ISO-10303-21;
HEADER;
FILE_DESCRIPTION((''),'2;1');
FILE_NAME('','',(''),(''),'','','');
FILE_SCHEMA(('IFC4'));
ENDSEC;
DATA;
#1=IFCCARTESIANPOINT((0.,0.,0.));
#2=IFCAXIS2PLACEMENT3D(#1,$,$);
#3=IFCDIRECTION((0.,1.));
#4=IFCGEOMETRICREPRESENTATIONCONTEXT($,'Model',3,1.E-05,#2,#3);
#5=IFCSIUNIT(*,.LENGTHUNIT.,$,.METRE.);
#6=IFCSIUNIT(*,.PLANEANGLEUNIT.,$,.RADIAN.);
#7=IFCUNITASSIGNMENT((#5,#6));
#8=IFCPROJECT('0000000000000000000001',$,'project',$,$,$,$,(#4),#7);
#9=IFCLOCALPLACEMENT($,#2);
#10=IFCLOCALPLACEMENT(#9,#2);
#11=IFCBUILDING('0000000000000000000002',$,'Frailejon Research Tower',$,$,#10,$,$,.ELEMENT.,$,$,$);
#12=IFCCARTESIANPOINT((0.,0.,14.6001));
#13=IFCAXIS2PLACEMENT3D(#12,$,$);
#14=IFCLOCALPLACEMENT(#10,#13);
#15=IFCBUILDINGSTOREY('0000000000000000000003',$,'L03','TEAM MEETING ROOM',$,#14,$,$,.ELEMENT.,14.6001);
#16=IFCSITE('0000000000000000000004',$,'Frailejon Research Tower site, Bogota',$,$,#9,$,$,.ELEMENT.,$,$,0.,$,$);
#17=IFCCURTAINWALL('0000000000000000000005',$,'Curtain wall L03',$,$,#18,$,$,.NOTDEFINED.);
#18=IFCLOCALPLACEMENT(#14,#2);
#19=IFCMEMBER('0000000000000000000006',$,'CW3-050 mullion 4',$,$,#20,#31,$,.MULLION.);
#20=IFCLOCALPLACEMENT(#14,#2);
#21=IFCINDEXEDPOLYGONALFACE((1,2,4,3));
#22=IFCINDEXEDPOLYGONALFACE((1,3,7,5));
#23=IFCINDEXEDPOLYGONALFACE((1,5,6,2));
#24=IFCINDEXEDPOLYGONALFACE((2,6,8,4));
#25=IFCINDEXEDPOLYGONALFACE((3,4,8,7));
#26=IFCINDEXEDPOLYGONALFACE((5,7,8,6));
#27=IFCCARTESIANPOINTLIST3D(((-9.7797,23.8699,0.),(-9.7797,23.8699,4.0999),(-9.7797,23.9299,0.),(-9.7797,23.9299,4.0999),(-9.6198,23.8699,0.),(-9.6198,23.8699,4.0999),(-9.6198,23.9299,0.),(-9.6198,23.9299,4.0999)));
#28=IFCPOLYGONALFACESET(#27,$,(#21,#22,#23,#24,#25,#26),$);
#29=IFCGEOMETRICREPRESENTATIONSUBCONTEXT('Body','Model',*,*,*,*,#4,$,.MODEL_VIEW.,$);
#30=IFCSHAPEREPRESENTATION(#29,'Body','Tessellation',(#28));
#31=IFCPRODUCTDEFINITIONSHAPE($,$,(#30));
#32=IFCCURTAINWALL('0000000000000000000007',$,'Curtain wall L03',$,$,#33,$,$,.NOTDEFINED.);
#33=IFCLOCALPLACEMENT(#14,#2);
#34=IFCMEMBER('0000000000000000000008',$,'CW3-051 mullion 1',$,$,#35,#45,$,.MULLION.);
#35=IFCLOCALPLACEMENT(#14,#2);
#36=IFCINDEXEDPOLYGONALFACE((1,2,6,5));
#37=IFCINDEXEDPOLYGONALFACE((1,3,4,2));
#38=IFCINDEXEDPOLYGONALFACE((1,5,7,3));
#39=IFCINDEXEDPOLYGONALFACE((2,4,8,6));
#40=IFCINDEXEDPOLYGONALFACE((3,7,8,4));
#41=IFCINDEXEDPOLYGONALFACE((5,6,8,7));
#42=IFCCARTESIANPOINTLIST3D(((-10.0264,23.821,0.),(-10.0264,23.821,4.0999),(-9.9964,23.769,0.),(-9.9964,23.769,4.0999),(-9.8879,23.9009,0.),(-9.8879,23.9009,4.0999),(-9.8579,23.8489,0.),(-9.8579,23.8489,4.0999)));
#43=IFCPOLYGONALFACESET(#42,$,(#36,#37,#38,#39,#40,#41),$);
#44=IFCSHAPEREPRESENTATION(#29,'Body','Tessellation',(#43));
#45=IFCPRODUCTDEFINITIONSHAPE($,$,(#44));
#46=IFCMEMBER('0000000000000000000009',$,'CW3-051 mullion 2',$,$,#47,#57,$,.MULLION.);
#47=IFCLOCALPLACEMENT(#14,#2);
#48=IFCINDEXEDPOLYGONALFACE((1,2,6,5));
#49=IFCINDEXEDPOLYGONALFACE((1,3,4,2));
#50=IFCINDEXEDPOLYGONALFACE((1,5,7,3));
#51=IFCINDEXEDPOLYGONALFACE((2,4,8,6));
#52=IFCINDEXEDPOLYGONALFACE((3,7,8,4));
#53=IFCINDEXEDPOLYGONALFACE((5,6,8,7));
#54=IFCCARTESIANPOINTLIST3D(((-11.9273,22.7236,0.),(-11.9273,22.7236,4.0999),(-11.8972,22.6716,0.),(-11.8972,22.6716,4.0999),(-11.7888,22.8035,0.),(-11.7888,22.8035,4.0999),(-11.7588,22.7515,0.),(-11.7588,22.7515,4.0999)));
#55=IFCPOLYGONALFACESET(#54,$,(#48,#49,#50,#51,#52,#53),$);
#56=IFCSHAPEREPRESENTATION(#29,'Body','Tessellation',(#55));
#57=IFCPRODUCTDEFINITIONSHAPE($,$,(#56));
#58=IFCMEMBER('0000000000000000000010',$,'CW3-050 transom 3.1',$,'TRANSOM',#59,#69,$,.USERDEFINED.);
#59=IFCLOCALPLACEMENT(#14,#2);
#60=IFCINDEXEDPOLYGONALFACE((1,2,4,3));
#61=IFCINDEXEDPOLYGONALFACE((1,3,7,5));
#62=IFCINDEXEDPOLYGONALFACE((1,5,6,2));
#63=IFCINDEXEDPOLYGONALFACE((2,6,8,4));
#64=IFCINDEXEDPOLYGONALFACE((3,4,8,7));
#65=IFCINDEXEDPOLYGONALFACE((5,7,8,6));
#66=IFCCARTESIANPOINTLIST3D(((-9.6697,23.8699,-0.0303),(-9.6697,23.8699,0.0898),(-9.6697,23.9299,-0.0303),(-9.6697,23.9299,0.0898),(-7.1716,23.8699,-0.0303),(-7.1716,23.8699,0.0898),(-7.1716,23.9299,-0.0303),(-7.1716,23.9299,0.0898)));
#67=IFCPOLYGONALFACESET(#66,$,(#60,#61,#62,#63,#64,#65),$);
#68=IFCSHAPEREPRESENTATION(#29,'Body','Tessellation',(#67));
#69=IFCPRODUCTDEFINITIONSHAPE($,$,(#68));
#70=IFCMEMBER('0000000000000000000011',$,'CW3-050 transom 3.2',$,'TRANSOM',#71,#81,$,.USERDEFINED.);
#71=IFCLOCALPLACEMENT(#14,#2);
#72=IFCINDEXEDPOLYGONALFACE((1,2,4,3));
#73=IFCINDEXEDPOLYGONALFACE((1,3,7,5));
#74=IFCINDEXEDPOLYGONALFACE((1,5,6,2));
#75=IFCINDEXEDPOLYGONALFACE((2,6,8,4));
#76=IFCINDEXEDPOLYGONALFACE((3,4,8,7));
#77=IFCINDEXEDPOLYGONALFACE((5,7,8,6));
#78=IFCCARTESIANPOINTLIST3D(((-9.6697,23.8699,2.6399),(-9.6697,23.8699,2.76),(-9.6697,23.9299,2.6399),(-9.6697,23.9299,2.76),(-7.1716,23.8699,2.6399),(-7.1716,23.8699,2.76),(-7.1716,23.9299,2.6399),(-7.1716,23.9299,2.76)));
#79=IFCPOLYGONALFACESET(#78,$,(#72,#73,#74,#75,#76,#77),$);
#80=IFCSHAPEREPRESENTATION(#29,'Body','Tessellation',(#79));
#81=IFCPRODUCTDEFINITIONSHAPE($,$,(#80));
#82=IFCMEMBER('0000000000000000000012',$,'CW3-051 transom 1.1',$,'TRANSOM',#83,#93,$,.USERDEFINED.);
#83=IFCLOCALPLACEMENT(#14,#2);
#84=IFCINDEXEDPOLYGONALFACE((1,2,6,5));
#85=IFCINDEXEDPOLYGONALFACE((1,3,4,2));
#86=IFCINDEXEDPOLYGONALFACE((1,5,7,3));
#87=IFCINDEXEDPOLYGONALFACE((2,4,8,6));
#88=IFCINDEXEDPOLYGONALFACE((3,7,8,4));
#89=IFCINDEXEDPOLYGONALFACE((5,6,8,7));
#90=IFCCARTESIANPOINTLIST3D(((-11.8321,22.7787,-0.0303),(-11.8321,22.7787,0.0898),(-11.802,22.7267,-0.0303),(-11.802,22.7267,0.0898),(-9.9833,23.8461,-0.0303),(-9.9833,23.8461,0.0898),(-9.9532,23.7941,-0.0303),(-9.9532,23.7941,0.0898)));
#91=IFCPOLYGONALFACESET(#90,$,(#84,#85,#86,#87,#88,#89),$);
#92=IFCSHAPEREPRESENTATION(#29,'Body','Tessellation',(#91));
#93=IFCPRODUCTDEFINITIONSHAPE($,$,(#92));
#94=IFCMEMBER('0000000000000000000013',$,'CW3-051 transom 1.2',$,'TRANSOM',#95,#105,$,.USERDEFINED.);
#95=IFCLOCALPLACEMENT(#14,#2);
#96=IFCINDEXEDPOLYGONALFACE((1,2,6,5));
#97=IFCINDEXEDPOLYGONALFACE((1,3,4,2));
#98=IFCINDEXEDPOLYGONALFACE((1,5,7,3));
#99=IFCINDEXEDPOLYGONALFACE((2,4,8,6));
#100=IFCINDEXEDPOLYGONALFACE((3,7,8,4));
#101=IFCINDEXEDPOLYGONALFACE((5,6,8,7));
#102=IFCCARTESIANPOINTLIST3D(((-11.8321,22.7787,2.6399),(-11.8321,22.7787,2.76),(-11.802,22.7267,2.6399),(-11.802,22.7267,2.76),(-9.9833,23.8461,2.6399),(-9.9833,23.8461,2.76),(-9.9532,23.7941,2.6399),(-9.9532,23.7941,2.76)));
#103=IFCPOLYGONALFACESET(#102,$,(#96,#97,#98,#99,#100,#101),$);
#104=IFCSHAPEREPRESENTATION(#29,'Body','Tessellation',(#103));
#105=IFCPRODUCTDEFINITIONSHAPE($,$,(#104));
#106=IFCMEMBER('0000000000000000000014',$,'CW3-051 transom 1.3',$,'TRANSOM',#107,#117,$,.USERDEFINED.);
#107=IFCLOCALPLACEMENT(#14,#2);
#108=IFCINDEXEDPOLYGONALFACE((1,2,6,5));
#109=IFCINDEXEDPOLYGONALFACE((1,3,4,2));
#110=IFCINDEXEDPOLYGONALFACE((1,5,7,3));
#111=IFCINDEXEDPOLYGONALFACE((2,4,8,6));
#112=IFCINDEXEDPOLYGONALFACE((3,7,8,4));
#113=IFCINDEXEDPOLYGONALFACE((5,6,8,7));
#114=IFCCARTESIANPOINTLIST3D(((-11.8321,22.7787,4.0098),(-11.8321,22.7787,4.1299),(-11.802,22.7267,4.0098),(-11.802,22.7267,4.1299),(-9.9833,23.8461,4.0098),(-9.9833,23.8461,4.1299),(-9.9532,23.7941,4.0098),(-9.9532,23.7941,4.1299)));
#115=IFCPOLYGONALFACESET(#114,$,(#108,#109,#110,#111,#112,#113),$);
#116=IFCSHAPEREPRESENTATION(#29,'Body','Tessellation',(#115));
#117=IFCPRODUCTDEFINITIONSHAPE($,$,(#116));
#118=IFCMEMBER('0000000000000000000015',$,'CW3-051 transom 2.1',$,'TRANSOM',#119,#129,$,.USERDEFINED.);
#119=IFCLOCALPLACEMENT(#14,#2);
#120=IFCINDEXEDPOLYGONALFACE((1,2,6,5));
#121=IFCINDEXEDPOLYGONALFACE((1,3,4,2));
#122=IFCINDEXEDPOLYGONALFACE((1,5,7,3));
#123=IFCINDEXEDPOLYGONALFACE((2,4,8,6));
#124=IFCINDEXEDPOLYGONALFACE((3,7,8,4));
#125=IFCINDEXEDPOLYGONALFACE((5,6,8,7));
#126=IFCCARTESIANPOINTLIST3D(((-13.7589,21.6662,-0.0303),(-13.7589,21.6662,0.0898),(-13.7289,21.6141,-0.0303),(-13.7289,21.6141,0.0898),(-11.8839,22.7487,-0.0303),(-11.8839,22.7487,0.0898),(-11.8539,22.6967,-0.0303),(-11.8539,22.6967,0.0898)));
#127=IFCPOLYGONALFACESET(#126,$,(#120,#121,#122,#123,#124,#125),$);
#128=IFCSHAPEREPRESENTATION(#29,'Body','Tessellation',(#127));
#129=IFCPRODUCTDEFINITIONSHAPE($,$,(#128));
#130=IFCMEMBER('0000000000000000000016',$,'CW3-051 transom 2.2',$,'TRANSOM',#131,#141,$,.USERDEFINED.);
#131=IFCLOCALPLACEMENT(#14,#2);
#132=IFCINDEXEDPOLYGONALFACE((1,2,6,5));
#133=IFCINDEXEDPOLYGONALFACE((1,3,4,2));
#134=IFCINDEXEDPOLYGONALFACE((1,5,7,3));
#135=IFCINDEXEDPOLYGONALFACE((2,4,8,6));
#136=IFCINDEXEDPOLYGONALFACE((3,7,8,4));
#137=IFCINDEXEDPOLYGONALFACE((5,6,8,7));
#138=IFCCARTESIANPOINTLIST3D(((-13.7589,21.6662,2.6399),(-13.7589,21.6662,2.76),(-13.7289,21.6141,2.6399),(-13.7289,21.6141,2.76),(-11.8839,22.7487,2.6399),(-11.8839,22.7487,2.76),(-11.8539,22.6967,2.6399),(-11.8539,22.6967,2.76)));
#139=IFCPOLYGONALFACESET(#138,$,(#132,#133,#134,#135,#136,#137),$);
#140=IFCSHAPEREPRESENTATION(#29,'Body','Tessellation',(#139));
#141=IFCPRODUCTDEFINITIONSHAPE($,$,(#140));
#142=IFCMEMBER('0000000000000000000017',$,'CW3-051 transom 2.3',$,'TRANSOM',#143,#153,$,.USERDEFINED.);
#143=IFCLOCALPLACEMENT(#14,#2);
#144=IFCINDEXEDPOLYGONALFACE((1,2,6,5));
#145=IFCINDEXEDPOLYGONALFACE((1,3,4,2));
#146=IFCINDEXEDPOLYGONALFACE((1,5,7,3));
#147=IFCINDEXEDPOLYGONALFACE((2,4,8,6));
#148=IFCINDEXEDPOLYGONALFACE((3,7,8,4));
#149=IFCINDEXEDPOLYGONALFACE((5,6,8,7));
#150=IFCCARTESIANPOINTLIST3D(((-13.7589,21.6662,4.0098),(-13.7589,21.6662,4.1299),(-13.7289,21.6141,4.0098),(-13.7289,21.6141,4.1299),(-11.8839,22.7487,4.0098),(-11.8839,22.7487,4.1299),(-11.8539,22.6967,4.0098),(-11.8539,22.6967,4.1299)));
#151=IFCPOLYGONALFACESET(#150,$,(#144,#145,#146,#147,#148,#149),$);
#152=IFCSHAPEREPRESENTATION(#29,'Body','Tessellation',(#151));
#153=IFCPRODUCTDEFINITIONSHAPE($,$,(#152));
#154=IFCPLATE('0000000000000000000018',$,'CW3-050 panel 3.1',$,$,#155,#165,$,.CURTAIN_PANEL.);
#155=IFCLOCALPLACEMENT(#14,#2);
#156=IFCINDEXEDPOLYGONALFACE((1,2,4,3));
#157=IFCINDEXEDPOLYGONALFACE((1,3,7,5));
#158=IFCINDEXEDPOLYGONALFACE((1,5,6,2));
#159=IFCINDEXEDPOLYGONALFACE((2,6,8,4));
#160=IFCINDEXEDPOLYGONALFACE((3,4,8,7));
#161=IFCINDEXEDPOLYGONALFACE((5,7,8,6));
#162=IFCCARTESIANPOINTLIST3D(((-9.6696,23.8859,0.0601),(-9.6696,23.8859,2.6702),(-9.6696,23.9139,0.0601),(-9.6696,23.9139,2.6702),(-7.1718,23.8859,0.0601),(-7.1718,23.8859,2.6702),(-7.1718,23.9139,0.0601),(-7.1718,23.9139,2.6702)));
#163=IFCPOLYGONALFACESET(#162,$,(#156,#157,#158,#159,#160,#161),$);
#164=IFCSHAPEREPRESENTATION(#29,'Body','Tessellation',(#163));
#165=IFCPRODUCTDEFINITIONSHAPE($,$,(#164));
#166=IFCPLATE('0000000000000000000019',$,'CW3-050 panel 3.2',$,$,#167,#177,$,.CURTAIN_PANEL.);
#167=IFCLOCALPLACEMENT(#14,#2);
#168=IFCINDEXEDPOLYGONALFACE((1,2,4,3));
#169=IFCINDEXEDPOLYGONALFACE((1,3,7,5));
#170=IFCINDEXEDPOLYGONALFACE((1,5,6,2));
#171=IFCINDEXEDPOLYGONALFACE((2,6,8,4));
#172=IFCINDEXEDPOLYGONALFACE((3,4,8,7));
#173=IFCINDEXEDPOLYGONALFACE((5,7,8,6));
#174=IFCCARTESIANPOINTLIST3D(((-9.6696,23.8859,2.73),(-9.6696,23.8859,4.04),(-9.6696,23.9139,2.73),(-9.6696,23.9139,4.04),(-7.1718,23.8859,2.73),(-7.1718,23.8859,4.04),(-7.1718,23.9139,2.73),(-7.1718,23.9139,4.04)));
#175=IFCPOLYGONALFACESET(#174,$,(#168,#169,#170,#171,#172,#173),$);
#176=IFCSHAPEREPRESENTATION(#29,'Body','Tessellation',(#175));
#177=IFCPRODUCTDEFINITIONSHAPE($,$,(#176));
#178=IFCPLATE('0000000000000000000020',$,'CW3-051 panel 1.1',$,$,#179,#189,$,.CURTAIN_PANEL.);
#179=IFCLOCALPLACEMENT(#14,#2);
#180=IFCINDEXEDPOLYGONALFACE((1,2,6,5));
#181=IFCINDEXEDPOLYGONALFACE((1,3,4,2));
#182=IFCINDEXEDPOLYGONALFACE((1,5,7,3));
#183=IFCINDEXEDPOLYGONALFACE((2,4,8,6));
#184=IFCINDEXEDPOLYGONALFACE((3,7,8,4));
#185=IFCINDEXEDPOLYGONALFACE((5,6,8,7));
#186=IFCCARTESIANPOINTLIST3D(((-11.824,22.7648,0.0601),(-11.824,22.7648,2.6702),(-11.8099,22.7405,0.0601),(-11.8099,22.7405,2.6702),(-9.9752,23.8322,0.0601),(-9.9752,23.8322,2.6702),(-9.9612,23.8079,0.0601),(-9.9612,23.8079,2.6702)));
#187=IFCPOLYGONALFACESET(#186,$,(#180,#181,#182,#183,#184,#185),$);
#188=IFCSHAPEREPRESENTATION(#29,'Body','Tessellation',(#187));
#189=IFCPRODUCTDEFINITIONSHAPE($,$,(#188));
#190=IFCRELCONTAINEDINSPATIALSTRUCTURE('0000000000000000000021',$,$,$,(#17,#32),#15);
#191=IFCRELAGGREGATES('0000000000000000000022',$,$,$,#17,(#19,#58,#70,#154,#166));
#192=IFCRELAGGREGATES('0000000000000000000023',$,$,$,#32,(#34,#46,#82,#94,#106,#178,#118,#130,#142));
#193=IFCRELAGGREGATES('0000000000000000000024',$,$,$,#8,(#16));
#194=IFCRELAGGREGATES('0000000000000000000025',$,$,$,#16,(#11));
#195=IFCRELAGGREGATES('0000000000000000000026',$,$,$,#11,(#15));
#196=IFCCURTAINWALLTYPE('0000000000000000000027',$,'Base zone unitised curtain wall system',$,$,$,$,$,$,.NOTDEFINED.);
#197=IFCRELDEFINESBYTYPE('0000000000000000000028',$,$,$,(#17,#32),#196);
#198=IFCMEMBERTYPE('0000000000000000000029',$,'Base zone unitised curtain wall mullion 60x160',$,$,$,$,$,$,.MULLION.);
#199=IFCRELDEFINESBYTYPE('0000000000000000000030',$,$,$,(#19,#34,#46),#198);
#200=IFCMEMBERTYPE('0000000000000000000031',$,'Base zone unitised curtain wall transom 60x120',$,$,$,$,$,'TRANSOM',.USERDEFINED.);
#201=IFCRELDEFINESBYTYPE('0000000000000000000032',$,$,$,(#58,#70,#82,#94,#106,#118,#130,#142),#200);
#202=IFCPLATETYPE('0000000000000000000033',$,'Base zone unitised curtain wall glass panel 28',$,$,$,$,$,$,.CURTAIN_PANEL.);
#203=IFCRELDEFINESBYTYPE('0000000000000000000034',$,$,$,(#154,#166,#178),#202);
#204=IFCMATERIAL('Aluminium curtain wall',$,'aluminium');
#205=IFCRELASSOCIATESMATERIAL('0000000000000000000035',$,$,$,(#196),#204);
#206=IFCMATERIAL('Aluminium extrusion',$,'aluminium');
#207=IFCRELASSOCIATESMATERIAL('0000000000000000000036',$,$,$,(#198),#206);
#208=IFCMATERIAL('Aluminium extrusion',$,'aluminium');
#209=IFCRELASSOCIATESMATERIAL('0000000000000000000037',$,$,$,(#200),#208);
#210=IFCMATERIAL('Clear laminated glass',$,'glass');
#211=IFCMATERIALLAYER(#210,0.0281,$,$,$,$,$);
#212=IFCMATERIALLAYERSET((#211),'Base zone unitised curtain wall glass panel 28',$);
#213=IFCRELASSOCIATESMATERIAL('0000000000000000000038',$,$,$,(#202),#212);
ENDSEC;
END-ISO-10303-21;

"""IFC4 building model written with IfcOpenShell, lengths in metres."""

from ifc_helpers import new_model, si_unit, direction, frame, origin, origin_2d, place, context, subcontext, project, spatial, rectangle, extrude, material, layer, layer_set, material_profile, profile_set, type_object, element, aggregate, save


model = new_model("IFC4")

# Units and contexts
model_context = context("Model", 3, precision=1e-05, world=origin(), true_north=direction((0.0, 1.0)))
body_context = subcontext(model_context, "Body", "Model", "MODEL_VIEW")
ifc_project = project(units=[si_unit("LENGTHUNIT", "METRE"), si_unit("PLANEANGLEUNIT", "RADIAN")], contexts=[model_context])

# Site, building, storey
site_placement = place(None, origin())
site = spatial("IfcSite", under=ifc_project, at=site_placement, Name="Frailejon Research Tower site, Bogota", CompositionType="ELEMENT", RefElevation=0.0)
building_placement = place(site_placement, origin())
building = spatial("IfcBuilding", under=site, at=building_placement, Name="Frailejon Research Tower", CompositionType="ELEMENT")
storey_placement = place(building_placement, frame((0.0, 0.0, 14.6001)))
storey = spatial("IfcBuildingStorey", under=building, at=storey_placement, Name="L03", Description="TEAM MEETING ROOM", CompositionType="ELEMENT", Elevation=14.6001)

# Curtain wall, member
ifc_material_1 = material(Name="Aluminium curtain wall", Category="aluminium")
curtain_wall_type = type_object("IfcCurtainWallType", Name="Base zone unitised curtain wall system", PredefinedType="NOTDEFINED", material=ifc_material_1)
curtain_wall_1_placement = place(storey_placement, origin())
curtain_wall_1 = element("IfcCurtainWall", 1, at=curtain_wall_1_placement, inside=storey, type_object=curtain_wall_type, Name="Curtain wall L03", PredefinedType="NOTDEFINED")
ifc_material_2 = material(Name="Aluminium extrusion", Category="aluminium")
ifc_material_profile_1 = material_profile(ifc_material_2, rectangle(XDim=0.0601, YDim=0.1599, at=origin_2d()), Name="Base zone unitised curtain wall mullion 60x160")
ifc_profile_set_1 = profile_set([ifc_material_profile_1], Name="Aluminium extrusion")
member_type_1 = type_object("IfcMemberType", Name="Base zone unitised curtain wall mullion 60x160", PredefinedType="MULLION", material=ifc_profile_set_1)
member_1_placement = place(storey_placement, frame((-9.6997, 23.8999, 0.0), z_axis=(0.0, 0.0, 1.0), x_axis=(0.0, -1.0, 0.0)))
member_1 = element("IfcMember", 2, at=member_1_placement, type_object=member_type_1, Name="CW3-050 mullion 4", PredefinedType="MULLION", context=body_context, shape_type="SweptSolid", body=[
    extrude(rectangle(XDim=0.0601, YDim=0.1599, at=origin_2d()), origin(), (0.0, 0.0, 1.0), 4.0999),
])

# Curtain wall, members
curtain_wall_2_placement = place(storey_placement, origin())
curtain_wall_2 = element("IfcCurtainWall", 3, at=curtain_wall_2_placement, inside=storey, type_object=curtain_wall_type, Name="Curtain wall L03", PredefinedType="NOTDEFINED")
member_2_placement = place(storey_placement, frame((-9.9421, 23.835, 0.0), z_axis=(0.0, 0.0, 1.0), x_axis=(0.499998, -0.866026, 0.0)))
member_2 = element("IfcMember", 4, at=member_2_placement, type_object=member_type_1, Name="CW3-051 mullion 1", PredefinedType="MULLION", context=body_context, shape_type="SweptSolid", body=[
    extrude(rectangle(XDim=0.0601, YDim=0.1599, at=origin_2d()), origin(), (0.0, 0.0, 1.0), 4.0999),
])
member_3_placement = place(storey_placement, frame((-11.843, 22.7375, 0.0), z_axis=(0.0, 0.0, 1.0), x_axis=(0.499998, -0.866026, 0.0)))
member_3 = element("IfcMember", 5, at=member_3_placement, type_object=member_type_1, Name="CW3-051 mullion 2", PredefinedType="MULLION", context=body_context, shape_type="SweptSolid", body=[
    extrude(rectangle(XDim=0.0601, YDim=0.1599, at=origin_2d()), origin(), (0.0, 0.0, 1.0), 4.0999),
])

# Members
ifc_material_3 = material(Name="Aluminium extrusion", Category="aluminium")
ifc_material_profile_2 = material_profile(ifc_material_3, rectangle(XDim=0.0601, YDim=0.1201, at=origin_2d()), Name="Base zone unitised curtain wall transom 60x120")
ifc_profile_set_2 = profile_set([ifc_material_profile_2], Name="Aluminium extrusion")
member_type_2 = type_object("IfcMemberType", Name="Base zone unitised curtain wall transom 60x120", ElementType="TRANSOM", PredefinedType="USERDEFINED", material=ifc_profile_set_2)
member_4_placement = place(storey_placement, frame((-7.1716, 23.8999, 0.0298), z_axis=(-1.0, 0.0, 0.0), x_axis=(0.0, -1.0, 0.0)))
member_4 = element("IfcMember", 6, at=member_4_placement, type_object=member_type_2, Name="CW3-050 transom 3.1", ObjectType="TRANSOM", PredefinedType="USERDEFINED", context=body_context, shape_type="SweptSolid", body=[
    extrude(rectangle(XDim=0.0601, YDim=0.1201, at=origin_2d()), origin(), (0.0, 0.0, 1.0), 2.498),
])
member_5_placement = place(storey_placement, frame((-7.1716, 23.8999, 2.7), z_axis=(-1.0, 0.0, 0.0), x_axis=(0.0, -1.0, 0.0)))
member_5 = element("IfcMember", 7, at=member_5_placement, type_object=member_type_2, Name="CW3-050 transom 3.2", ObjectType="TRANSOM", PredefinedType="USERDEFINED", context=body_context, shape_type="SweptSolid", body=[
    extrude(rectangle(XDim=0.0601, YDim=0.1201, at=origin_2d()), origin(), (0.0, 0.0, 1.0), 2.498),
])
member_6_placement = place(storey_placement, frame((-9.9683, 23.8201, 0.0298), z_axis=(-0.866039, -0.499977, 0.0), x_axis=(0.499977, -0.866039, 0.0)))
member_6 = element("IfcMember", 8, at=member_6_placement, type_object=member_type_2, Name="CW3-051 transom 1.1", ObjectType="TRANSOM", PredefinedType="USERDEFINED", context=body_context, shape_type="SweptSolid", body=[
    extrude(rectangle(XDim=0.0601, YDim=0.1201, at=origin_2d()), origin(), (0.0, 0.0, 1.0), 2.1348),
])
member_7_placement = place(storey_placement, frame((-9.9683, 23.8201, 2.7), z_axis=(-0.866039, -0.499977, 0.0), x_axis=(0.499977, -0.866039, 0.0)))
member_7 = element("IfcMember", 9, at=member_7_placement, type_object=member_type_2, Name="CW3-051 transom 1.2", ObjectType="TRANSOM", PredefinedType="USERDEFINED", context=body_context, shape_type="SweptSolid", body=[
    extrude(rectangle(XDim=0.0601, YDim=0.1201, at=origin_2d()), origin(), (0.0, 0.0, 1.0), 2.1348),
])
member_8_placement = place(storey_placement, frame((-9.9683, 23.8201, 4.0698), z_axis=(-0.866039, -0.499977, 0.0), x_axis=(0.499977, -0.866039, 0.0)))
member_8 = element("IfcMember", 10, at=member_8_placement, type_object=member_type_2, Name="CW3-051 transom 1.3", ObjectType="TRANSOM", PredefinedType="USERDEFINED", context=body_context, shape_type="SweptSolid", body=[
    extrude(rectangle(XDim=0.0601, YDim=0.1201, at=origin_2d()), origin(), (0.0, 0.0, 1.0), 2.1348),
])
member_9_placement = place(storey_placement, frame((-11.8689, 22.7227, 0.0298), z_axis=(-0.866028, -0.499996, 0.0), x_axis=(0.499996, -0.866028, 0.0)))
member_9 = element("IfcMember", 11, at=member_9_placement, type_object=member_type_2, Name="CW3-051 transom 2.1", ObjectType="TRANSOM", PredefinedType="USERDEFINED", context=body_context, shape_type="SweptSolid", body=[
    extrude(rectangle(XDim=0.0601, YDim=0.1201, at=origin_2d()), origin(), (0.0, 0.0, 1.0), 2.165),
])
member_10_placement = place(storey_placement, frame((-11.8689, 22.7227, 2.7), z_axis=(-0.866028, -0.499996, 0.0), x_axis=(0.499996, -0.866028, 0.0)))
member_10 = element("IfcMember", 12, at=member_10_placement, type_object=member_type_2, Name="CW3-051 transom 2.2", ObjectType="TRANSOM", PredefinedType="USERDEFINED", context=body_context, shape_type="SweptSolid", body=[
    extrude(rectangle(XDim=0.0601, YDim=0.1201, at=origin_2d()), origin(), (0.0, 0.0, 1.0), 2.165),
])
member_11_placement = place(storey_placement, frame((-11.8689, 22.7227, 4.0698), z_axis=(-0.866028, -0.499996, 0.0), x_axis=(0.499996, -0.866028, 0.0)))
member_11 = element("IfcMember", 13, at=member_11_placement, type_object=member_type_2, Name="CW3-051 transom 2.3", ObjectType="TRANSOM", PredefinedType="USERDEFINED", context=body_context, shape_type="SweptSolid", body=[
    extrude(rectangle(XDim=0.0601, YDim=0.1201, at=origin_2d()), origin(), (0.0, 0.0, 1.0), 2.165),
])

# Plates
ifc_material_4 = material(Name="Clear laminated glass", Category="glass")
ifc_layer_1 = layer(ifc_material_4, 0.0281)
ifc_layer_set_1 = layer_set([ifc_layer_1], Name="Base zone unitised curtain wall glass panel 28")
plate_type = type_object("IfcPlateType", Name="Base zone unitised curtain wall glass panel 28", PredefinedType="CURTAIN_PANEL", material=ifc_layer_set_1)
plate_1_placement = place(storey_placement, frame((-8.4207, 23.8999, 0.0601), z_axis=(0.0, 0.0, 1.0), x_axis=(-1.0, 0.0, 0.0)))
plate_1 = element("IfcPlate", 14, at=plate_1_placement, type_object=plate_type, Name="CW3-050 panel 3.1", PredefinedType="CURTAIN_PANEL", context=body_context, shape_type="SweptSolid", body=[
    extrude(rectangle(XDim=2.4978, YDim=0.0281, at=origin_2d()), origin(), (0.0, 0.0, 1.0), 2.6101),
])
plate_2_placement = place(storey_placement, frame((-8.4207, 23.8999, 2.73), z_axis=(0.0, 0.0, 1.0), x_axis=(-1.0, 0.0, 0.0)))
plate_2 = element("IfcPlate", 15, at=plate_2_placement, type_object=plate_type, Name="CW3-050 panel 3.2", PredefinedType="CURTAIN_PANEL", context=body_context, shape_type="SweptSolid", body=[
    extrude(rectangle(XDim=2.4978, YDim=0.0281, at=origin_2d()), origin(), (0.0, 0.0, 1.0), 1.3101),
])
aggregate(curtain_wall_1, [member_1, member_4, member_5, plate_1, plate_2])
plate_3_placement = place(storey_placement, frame((-10.8926, 23.2864, 0.0601), z_axis=(0.0, 0.0, 1.0), x_axis=(-0.866026, -0.499998, 0.0)))
plate_3 = element("IfcPlate", 16, at=plate_3_placement, type_object=plate_type, Name="CW3-051 panel 1.1", PredefinedType="CURTAIN_PANEL", context=body_context, shape_type="SweptSolid", body=[
    extrude(rectangle(XDim=2.1348, YDim=0.0281, at=origin_2d()), origin(), (0.0, 0.0, 1.0), 2.6101),
])
aggregate(curtain_wall_2, [member_2, member_3, member_6, member_7, member_8, plate_3, member_9, member_10, member_11])

save(model, "model.ifc")
